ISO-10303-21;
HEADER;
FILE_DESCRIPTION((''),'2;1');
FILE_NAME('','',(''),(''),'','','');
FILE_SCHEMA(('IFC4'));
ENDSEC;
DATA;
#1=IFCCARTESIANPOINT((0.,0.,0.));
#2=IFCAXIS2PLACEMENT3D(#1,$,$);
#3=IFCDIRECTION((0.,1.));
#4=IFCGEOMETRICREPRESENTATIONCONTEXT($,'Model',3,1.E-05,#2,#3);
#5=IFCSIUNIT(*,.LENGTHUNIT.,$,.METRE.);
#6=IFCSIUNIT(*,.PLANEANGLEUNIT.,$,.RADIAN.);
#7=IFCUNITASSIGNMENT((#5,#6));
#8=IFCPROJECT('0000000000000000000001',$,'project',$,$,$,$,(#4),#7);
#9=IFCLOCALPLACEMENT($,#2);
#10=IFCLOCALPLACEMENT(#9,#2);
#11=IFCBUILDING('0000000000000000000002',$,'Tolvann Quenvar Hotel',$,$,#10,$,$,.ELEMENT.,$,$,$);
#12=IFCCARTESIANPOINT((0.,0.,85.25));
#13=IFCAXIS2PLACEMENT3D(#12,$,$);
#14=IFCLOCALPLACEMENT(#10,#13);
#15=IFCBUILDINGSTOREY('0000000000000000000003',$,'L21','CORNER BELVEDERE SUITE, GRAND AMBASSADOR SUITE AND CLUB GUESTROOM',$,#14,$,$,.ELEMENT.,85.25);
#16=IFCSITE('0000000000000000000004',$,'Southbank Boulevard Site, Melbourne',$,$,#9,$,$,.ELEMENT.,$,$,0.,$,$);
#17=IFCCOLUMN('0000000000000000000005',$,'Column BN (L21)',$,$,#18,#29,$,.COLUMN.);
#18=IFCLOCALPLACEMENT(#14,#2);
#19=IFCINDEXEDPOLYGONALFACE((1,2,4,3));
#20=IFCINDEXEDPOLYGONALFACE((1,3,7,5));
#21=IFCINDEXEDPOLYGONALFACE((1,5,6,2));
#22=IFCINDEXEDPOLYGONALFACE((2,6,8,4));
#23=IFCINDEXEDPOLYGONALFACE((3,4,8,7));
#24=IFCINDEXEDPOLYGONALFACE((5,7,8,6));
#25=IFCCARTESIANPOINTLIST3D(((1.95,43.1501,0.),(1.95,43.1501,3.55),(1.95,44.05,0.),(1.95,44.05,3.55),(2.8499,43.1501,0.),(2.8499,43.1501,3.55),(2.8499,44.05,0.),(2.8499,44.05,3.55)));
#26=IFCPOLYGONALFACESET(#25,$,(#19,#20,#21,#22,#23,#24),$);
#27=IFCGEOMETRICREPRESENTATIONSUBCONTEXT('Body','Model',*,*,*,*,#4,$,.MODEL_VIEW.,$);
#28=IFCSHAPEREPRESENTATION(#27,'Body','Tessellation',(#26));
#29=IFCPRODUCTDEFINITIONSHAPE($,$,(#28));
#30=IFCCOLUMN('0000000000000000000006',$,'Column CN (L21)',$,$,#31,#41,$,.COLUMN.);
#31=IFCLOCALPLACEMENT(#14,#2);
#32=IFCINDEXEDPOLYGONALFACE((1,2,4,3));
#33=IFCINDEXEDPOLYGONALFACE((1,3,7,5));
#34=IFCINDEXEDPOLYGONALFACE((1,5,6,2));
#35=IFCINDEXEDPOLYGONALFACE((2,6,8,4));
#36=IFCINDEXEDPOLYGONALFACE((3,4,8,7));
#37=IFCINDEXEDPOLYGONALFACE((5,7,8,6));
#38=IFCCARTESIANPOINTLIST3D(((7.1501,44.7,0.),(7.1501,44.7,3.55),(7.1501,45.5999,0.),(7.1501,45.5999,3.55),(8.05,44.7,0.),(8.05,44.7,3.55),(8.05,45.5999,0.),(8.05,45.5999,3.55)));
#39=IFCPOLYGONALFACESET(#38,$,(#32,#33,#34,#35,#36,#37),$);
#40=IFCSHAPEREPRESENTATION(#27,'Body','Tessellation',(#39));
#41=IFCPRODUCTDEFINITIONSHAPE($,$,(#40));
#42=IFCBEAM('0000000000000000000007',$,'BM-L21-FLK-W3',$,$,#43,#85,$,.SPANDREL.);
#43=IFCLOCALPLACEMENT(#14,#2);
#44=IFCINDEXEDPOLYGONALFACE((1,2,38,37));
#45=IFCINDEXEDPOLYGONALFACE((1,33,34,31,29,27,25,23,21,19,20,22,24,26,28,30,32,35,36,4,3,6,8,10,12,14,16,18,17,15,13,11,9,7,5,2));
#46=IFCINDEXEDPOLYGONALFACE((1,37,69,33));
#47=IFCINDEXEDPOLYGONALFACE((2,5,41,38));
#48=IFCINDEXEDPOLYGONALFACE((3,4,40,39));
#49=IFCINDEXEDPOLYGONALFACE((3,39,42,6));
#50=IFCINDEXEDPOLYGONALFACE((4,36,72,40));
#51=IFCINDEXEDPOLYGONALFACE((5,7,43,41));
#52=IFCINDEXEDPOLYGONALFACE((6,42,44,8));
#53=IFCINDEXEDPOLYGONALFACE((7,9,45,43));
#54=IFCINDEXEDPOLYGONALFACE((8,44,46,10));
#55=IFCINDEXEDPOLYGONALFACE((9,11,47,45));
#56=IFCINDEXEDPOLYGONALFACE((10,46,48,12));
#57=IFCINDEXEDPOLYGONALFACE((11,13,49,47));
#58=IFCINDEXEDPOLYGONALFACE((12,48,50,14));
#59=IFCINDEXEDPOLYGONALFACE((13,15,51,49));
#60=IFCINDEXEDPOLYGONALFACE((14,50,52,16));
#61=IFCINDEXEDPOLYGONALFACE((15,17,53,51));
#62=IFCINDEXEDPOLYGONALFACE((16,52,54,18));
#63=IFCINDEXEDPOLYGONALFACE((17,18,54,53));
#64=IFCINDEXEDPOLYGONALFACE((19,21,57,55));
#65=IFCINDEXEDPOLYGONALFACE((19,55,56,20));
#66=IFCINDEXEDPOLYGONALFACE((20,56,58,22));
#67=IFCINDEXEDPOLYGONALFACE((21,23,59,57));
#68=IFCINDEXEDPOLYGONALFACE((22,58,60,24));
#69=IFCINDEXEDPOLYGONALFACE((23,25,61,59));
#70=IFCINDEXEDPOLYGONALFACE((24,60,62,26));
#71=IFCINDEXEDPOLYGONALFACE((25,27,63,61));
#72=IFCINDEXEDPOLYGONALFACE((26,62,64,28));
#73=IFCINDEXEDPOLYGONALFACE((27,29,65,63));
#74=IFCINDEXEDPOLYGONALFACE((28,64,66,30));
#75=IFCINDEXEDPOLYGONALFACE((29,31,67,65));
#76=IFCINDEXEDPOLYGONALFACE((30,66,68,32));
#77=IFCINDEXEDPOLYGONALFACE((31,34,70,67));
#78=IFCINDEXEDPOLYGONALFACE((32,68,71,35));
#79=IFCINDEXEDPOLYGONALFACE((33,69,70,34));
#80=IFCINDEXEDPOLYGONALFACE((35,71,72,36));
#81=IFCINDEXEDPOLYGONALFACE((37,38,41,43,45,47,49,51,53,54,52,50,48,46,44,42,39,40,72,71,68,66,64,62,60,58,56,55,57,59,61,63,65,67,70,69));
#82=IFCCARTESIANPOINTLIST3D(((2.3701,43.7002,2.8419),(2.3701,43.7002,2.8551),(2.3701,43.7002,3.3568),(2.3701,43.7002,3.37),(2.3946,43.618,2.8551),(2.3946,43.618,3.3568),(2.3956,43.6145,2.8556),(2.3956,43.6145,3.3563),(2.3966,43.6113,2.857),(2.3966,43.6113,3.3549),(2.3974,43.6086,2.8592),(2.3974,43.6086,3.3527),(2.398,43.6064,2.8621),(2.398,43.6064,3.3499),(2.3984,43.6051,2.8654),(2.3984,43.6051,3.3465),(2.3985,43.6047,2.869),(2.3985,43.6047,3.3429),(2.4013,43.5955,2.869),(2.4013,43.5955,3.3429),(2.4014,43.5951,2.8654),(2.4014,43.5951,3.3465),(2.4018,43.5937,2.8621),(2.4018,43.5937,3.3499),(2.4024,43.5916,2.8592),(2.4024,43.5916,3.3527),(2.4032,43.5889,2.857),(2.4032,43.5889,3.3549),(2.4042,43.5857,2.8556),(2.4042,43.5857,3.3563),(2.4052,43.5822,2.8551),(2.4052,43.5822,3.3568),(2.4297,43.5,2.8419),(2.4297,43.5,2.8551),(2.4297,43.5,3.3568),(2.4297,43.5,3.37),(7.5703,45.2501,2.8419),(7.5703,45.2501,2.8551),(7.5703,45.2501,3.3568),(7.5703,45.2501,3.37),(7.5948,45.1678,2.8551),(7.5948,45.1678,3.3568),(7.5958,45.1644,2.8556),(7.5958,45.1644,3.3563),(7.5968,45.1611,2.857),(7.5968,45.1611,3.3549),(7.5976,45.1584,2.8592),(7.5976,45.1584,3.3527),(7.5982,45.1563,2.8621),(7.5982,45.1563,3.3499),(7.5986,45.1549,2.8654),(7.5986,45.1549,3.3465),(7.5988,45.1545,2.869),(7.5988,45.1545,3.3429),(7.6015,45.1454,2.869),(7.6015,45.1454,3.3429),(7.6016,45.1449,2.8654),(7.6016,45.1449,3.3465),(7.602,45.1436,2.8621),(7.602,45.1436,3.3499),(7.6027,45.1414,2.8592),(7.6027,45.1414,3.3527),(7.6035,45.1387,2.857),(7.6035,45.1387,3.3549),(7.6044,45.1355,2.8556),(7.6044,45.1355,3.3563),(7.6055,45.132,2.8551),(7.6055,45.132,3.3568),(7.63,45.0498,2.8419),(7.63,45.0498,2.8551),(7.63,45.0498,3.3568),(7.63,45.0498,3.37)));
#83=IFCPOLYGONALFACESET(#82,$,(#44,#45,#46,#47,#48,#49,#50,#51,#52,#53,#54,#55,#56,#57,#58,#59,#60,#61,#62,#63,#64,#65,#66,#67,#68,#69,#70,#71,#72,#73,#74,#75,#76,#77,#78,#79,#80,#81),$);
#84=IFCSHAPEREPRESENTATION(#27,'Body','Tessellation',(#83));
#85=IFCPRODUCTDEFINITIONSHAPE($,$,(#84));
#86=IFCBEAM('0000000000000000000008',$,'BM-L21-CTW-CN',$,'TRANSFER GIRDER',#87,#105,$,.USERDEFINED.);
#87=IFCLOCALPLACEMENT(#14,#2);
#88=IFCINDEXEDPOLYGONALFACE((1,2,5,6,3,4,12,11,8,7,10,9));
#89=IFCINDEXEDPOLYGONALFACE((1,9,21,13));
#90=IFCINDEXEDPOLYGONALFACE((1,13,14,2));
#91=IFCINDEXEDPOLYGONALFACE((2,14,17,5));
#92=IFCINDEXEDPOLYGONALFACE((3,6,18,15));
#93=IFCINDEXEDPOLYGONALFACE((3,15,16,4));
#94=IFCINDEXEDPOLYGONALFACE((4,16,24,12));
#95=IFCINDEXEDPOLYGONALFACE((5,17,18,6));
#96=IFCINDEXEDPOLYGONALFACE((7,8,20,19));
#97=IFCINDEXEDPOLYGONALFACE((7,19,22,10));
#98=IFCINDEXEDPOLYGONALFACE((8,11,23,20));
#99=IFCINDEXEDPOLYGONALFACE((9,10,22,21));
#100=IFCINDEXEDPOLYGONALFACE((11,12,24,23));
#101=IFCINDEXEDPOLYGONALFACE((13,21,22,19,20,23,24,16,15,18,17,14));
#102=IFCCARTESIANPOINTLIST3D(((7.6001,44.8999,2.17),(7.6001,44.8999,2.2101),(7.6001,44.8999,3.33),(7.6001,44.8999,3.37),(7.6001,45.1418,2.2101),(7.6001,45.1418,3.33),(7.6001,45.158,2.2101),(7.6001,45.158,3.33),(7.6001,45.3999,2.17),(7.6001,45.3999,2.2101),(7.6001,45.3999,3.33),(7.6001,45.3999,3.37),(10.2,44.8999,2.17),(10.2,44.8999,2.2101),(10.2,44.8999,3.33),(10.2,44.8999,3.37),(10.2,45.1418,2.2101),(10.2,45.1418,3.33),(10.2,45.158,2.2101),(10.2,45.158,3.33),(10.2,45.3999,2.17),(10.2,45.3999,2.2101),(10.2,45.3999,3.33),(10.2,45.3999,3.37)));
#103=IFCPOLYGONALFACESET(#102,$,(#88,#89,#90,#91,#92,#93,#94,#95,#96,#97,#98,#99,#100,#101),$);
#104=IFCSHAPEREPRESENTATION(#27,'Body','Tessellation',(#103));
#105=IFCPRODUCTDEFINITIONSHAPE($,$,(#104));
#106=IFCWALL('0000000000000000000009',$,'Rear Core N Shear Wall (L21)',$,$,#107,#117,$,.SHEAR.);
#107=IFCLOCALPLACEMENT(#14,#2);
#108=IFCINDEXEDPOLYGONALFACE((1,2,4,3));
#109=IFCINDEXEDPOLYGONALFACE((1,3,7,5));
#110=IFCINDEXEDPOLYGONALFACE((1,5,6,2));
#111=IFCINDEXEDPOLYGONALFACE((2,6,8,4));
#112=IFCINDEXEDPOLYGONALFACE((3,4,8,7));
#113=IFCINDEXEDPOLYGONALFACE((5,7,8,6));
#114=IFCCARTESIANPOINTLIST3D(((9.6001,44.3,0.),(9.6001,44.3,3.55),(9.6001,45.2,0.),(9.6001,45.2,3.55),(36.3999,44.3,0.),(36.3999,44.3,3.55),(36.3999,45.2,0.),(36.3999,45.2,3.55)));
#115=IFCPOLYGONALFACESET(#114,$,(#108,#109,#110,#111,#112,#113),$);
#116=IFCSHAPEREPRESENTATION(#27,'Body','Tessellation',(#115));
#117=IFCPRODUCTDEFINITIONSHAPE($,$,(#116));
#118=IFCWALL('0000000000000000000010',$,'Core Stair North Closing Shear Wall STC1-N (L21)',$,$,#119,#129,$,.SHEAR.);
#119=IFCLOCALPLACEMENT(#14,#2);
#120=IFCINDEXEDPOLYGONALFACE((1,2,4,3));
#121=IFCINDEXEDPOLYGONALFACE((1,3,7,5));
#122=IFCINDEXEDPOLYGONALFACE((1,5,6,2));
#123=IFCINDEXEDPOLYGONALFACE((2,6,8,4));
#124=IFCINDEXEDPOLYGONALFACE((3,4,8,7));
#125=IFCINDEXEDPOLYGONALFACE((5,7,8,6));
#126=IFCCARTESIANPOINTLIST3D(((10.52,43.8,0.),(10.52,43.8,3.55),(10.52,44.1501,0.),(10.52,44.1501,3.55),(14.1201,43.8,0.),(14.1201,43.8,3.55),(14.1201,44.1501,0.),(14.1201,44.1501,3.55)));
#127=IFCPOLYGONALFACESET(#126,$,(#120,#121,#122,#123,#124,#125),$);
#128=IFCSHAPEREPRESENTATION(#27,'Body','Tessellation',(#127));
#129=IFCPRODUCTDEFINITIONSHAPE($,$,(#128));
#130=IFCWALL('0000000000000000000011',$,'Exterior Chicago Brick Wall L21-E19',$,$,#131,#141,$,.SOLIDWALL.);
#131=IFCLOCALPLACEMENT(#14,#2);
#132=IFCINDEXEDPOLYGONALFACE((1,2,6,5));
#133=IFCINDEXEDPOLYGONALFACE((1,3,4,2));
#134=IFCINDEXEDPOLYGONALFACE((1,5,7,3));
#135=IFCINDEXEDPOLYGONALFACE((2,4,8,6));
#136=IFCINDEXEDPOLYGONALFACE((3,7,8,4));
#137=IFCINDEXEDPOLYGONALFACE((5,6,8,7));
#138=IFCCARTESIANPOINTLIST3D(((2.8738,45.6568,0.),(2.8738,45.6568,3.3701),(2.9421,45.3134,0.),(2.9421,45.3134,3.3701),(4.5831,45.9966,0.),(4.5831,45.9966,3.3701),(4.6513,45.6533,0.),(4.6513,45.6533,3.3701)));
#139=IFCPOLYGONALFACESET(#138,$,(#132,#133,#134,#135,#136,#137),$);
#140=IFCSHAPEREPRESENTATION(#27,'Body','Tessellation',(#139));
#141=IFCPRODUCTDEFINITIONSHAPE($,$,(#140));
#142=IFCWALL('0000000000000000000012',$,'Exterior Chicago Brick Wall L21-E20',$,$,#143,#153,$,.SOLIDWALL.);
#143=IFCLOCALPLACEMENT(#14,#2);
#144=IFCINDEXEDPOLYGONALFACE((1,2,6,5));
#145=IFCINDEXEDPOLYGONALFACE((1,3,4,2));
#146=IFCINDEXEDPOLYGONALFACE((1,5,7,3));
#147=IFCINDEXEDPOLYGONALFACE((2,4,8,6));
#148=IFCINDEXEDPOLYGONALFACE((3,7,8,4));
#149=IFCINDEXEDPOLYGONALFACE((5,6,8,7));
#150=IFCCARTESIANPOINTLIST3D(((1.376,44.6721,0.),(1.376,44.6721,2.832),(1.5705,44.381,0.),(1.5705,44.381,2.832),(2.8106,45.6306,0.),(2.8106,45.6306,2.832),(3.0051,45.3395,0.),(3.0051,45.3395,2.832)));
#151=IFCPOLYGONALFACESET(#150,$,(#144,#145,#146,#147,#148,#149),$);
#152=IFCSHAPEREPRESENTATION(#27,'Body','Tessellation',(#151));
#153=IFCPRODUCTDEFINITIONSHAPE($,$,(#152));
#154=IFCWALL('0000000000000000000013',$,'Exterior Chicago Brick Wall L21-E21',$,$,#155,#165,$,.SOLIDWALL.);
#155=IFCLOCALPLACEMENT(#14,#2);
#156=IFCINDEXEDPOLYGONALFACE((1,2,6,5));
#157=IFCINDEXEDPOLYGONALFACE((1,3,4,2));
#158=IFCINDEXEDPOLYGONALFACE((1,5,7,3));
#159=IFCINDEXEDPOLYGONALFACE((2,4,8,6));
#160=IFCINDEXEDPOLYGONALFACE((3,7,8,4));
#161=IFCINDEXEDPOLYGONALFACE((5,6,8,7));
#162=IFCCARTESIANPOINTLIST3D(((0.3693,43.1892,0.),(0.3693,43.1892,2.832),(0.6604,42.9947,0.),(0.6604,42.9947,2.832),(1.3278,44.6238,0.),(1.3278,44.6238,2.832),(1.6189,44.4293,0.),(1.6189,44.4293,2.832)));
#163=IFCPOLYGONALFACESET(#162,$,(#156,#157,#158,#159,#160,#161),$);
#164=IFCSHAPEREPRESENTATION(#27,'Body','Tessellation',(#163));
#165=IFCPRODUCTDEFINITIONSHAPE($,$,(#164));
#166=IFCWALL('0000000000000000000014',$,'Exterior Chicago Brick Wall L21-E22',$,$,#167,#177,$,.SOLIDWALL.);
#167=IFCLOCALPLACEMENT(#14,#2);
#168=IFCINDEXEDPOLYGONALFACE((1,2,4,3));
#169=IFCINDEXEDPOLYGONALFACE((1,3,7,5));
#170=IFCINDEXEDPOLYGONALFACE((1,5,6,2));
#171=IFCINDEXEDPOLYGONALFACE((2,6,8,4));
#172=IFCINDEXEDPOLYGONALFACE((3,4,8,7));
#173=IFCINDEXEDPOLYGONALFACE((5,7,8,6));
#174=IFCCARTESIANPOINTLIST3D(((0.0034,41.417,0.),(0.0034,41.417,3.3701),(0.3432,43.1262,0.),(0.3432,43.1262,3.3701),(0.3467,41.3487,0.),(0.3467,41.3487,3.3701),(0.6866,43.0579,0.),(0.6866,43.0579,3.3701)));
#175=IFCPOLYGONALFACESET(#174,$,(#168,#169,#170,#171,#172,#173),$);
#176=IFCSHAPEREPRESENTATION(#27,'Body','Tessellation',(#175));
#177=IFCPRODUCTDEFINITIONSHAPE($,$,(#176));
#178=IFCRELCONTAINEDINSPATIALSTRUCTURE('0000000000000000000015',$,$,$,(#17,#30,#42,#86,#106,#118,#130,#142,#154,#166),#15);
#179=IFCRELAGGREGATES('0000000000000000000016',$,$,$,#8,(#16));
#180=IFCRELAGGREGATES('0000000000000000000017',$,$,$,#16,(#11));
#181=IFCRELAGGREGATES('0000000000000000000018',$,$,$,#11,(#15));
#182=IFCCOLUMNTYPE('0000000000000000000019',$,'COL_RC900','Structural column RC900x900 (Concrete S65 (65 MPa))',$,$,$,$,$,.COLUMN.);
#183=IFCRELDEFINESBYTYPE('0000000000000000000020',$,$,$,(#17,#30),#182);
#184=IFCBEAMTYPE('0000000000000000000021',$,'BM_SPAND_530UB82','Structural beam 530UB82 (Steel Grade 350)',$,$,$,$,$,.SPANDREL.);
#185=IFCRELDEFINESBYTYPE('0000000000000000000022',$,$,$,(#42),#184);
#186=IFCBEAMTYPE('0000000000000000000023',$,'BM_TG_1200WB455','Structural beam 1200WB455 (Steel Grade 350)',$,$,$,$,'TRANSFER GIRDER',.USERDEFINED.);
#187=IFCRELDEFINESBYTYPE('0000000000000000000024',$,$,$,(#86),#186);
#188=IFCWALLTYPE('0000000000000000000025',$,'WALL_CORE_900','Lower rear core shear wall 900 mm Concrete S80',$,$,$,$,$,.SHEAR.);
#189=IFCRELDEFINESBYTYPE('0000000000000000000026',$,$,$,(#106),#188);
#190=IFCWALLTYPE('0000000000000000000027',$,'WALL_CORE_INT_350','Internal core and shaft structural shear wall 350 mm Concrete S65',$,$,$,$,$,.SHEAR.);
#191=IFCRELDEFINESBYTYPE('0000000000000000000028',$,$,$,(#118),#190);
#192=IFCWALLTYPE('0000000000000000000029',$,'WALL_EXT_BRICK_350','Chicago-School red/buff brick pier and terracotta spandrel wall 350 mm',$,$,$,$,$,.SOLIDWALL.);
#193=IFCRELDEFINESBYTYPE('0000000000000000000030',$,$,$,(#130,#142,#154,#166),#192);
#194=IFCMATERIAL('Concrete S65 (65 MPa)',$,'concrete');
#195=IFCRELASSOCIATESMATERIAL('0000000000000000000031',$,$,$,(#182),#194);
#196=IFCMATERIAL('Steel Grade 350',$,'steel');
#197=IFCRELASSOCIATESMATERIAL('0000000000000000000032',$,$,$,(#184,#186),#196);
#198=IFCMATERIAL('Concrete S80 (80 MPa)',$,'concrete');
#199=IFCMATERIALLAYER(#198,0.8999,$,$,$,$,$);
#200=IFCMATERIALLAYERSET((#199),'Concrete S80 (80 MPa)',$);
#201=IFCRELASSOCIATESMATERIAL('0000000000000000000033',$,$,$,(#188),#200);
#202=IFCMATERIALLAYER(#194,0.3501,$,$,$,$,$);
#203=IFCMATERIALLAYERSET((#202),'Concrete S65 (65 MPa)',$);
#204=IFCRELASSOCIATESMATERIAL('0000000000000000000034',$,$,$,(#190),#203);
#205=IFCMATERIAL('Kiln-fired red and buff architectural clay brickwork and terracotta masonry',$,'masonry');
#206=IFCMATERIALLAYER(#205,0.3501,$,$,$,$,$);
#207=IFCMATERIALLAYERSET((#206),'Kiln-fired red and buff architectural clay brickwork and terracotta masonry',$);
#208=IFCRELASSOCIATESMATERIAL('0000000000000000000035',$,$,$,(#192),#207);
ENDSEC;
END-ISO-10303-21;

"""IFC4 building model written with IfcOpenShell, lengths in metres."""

from ifc_helpers import new_model, si_unit, direction, frame, frame_2d, origin, origin_2d, place, context, subcontext, project, spatial, rectangle, i_section, extrude, source, transform, mapped, material, layer, layer_set, material_profile, profile_set, type_object, type_shapes, element, save


model = new_model("IFC4")

# Units and contexts
model_context = context("Model", 3, precision=1e-05, world=origin(), true_north=direction((0.0, 1.0)))
body_context = subcontext(model_context, "Body", "Model", "MODEL_VIEW")
ifc_project = project(units=[si_unit("LENGTHUNIT", "METRE"), si_unit("PLANEANGLEUNIT", "RADIAN")], contexts=[model_context])

# Site, building, storey
site_placement = place(None, origin())
site = spatial("IfcSite", under=ifc_project, at=site_placement, Name="Southbank Boulevard Site, Melbourne", CompositionType="ELEMENT", RefElevation=0.0)
building_placement = place(site_placement, origin())
building = spatial("IfcBuilding", under=site, at=building_placement, Name="Tolvann Quenvar Hotel", CompositionType="ELEMENT")
storey_placement = place(building_placement, frame((0.0, 0.0, 85.25)))
storey = spatial("IfcBuildingStorey", under=building, at=storey_placement, Name="L21", Description="CORNER BELVEDERE SUITE, GRAND AMBASSADOR SUITE AND CLUB GUESTROOM", CompositionType="ELEMENT", Elevation=85.25)

# Columns
ifc_material_1 = material(Name="Concrete S65 (65 MPa)", Category="concrete")
ifc_material_profile_1 = material_profile(ifc_material_1, rectangle(XDim=0.8999, YDim=0.8999, at=origin_2d()), Name="RC900x900")
ifc_profile_set_1 = profile_set([ifc_material_profile_1], Name="Concrete S65 (65 MPa)")
column_type = type_object("IfcColumnType", Name="COL_RC900", Description="Structural column RC900x900 (Concrete S65 (65 MPa))", PredefinedType="COLUMN", material=ifc_profile_set_1)
shared_shape_1 = source(origin(), body_context, "Body", "SweptSolid", [
    extrude(rectangle(XDim=0.8999, YDim=0.8999, at=origin_2d()), origin(), (0.0, 0.0, 1.0), 3.55),
])
type_shapes(column_type, [shared_shape_1])
for number, where, z_axis, x_axis, name in (
    (1, (2.3999, 43.6001, 0.0), (0.0, 0.0, 1.0), (1.0, 0.0, 0.0), "Column BN (L21)"),
    (2, (7.6001, 45.1499, 0.0), (0.0, 0.0, 1.0), (1.0, 0.0, 0.0), "Column CN (L21)"),
):
    element("IfcColumn", number, at=place(storey_placement, frame(where, z_axis=z_axis, x_axis=x_axis)), inside=storey, type_object=column_type, Name=name, PredefinedType="COLUMN", context=body_context, shape_type="MappedRepresentation", body=[
        mapped(shared_shape_1, transform((0.0, 0.0, 0.0), x_axis=(1.0, 0.0, 0.0), y_axis=(0.0, 1.0, 0.0), z_axis=(0.0, 0.0, 1.0), scale=1.0)),
    ])

# Beams
ifc_material_2 = material(Name="Steel Grade 350", Category="steel")
ifc_material_profile_2 = material_profile(ifc_material_2, i_section(OverallWidth=0.209, OverallDepth=0.5281, WebThickness=0.0095, FlangeThickness=0.0132, FilletRadius=0.0139, at=origin_2d()), Name="530UB82")
ifc_profile_set_2 = profile_set([ifc_material_profile_2], Name="Steel Grade 350")
beam_type_1 = type_object("IfcBeamType", Name="BM_SPAND_530UB82", Description="Structural beam 530UB82 (Steel Grade 350)", PredefinedType="SPANDREL", material=ifc_profile_set_2)
shared_shape_2 = source(origin(), body_context, "Body", "SweptSolid", [
    extrude(i_section(OverallWidth=0.209, OverallDepth=0.5281, WebThickness=0.0095, FlangeThickness=0.0132, FilletRadius=0.0139, at=origin_2d()), origin(), (0.0, 0.0, 1.0), 5.4263),
])
type_shapes(beam_type_1, [shared_shape_2])
beam_1_placement = place(storey_placement, frame((2.3999, 43.6001, 3.106), z_axis=(0.958345, 0.285614, 0.0), x_axis=(-0.285614, 0.958345, 0.0)))
element("IfcBeam", 3, at=beam_1_placement, inside=storey, type_object=beam_type_1, Name="BM-L21-FLK-W3", PredefinedType="SPANDREL", context=body_context, shape_type="MappedRepresentation", body=[
    mapped(shared_shape_2, transform((0.0, 0.0, 0.0), x_axis=(1.0, 0.0, 0.0), y_axis=(0.0, 1.0, 0.0), z_axis=(0.0, 0.0, 1.0), scale=1.0)),
])
ifc_material_profile_3 = material_profile(ifc_material_2, i_section(OverallWidth=0.5, OverallDepth=1.2, WebThickness=0.0161, FlangeThickness=0.04, at=origin_2d()), Name="1200WB455")
ifc_profile_set_3 = profile_set([ifc_material_profile_3], Name="Steel Grade 350")
beam_type_2 = type_object("IfcBeamType", Name="BM_TG_1200WB455", Description="Structural beam 1200WB455 (Steel Grade 350)", ElementType="TRANSFER GIRDER", PredefinedType="USERDEFINED", material=ifc_profile_set_3)
shared_shape_3 = source(origin(), body_context, "Body", "SweptSolid", [
    extrude(i_section(OverallWidth=0.5, OverallDepth=1.2, WebThickness=0.0161, FlangeThickness=0.04, at=origin_2d()), origin(), (0.0, 0.0, 1.0), 2.5999),
])
type_shapes(beam_type_2, [shared_shape_3])
beam_2_placement = place(storey_placement, frame((7.6001, 45.1499, 2.77), z_axis=(1.0, 0.0, 0.0), x_axis=(0.0, 1.0, 0.0)))
element("IfcBeam", 4, at=beam_2_placement, inside=storey, type_object=beam_type_2, Name="BM-L21-CTW-CN", ObjectType="TRANSFER GIRDER", PredefinedType="USERDEFINED", context=body_context, shape_type="MappedRepresentation", body=[
    mapped(shared_shape_3, transform((0.0, 0.0, 0.0), x_axis=(1.0, 0.0, 0.0), y_axis=(0.0, 1.0, 0.0), z_axis=(0.0, 0.0, 1.0), scale=1.0)),
])

# Walls
ifc_material_3 = material(Name="Concrete S80 (80 MPa)", Category="concrete")
ifc_layer_1 = layer(ifc_material_3, 0.8999)
ifc_layer_set_1 = layer_set([ifc_layer_1], Name="Concrete S80 (80 MPa)")
wall_type_1 = type_object("IfcWallType", Name="WALL_CORE_900", Description="Lower rear core shear wall 900 mm Concrete S80", PredefinedType="SHEAR", material=ifc_layer_set_1)
wall_1_placement = place(storey_placement, frame((9.6001, 44.75, 0.0), z_axis=(0.0, 0.0, 1.0), x_axis=(1.0, 0.0, 0.0)))
element("IfcWall", 5, at=wall_1_placement, inside=storey, type_object=wall_type_1, Name="Rear Core N Shear Wall (L21)", PredefinedType="SHEAR", context=body_context, shape_type="SweptSolid", body=[
    extrude(rectangle(XDim=26.7998, YDim=0.8999, at=frame_2d((13.3999, 0.0))), origin(), (0.0, 0.0, 1.0), 3.55),
])
ifc_layer_2 = layer(ifc_material_1, 0.3501)
ifc_layer_set_2 = layer_set([ifc_layer_2], Name="Concrete S65 (65 MPa)")
wall_type_2 = type_object("IfcWallType", Name="WALL_CORE_INT_350", Description="Internal core and shaft structural shear wall 350 mm Concrete S65", PredefinedType="SHEAR", material=ifc_layer_set_2)
wall_2_placement = place(storey_placement, frame((10.52, 43.9751, 0.0), z_axis=(0.0, 0.0, 1.0), x_axis=(1.0, 0.0, 0.0)))
element("IfcWall", 6, at=wall_2_placement, inside=storey, type_object=wall_type_2, Name="Core Stair North Closing Shear Wall STC1-N (L21)", PredefinedType="SHEAR", context=body_context, shape_type="SweptSolid", body=[
    extrude(rectangle(XDim=3.6001, YDim=0.3501, at=frame_2d((1.8, 0.0))), origin(), (0.0, 0.0, 1.0), 3.55),
])
ifc_material_4 = material(Name="Kiln-fired red and buff architectural clay brickwork and terracotta masonry", Category="masonry")
ifc_layer_3 = layer(ifc_material_4, 0.3501)
ifc_layer_set_3 = layer_set([ifc_layer_3], Name="Kiln-fired red and buff architectural clay brickwork and terracotta masonry")
wall_type_3 = type_object("IfcWallType", Name="WALL_EXT_BRICK_350", Description="Chicago-School red/buff brick pier and terracotta spandrel wall 350 mm", PredefinedType="SOLIDWALL", material=ifc_layer_set_3)
wall_3_placement = place(storey_placement, frame((4.6172, 45.825, 0.0), z_axis=(0.0, 0.0, 1.0), x_axis=(-0.980801, -0.195011, 0.0)))
element("IfcWall", 7, at=wall_3_placement, inside=storey, type_object=wall_type_3, Name="Exterior Chicago Brick Wall L21-E19", PredefinedType="SOLIDWALL", context=body_context, shape_type="SweptSolid", body=[
    extrude(rectangle(XDim=1.7427, YDim=0.3501, at=frame_2d((0.8713, 0.0))), origin(), (0.0, 0.0, 1.0), 3.3701),
])
for number, where, z_axis, x_axis, name in (
    (8, (2.908, 45.4851, 0.0), (0.0, 0.0, 1.0), (-0.831484, -0.555549, 0.0), "Exterior Chicago Brick Wall L21-E20"),
    (9, (1.4734, 44.5266, 0.0), (0.0, 0.0, 1.0), (-0.555549, -0.831484, 0.0), "Exterior Chicago Brick Wall L21-E21"),
):
    element("IfcWall", number, at=place(storey_placement, frame(where, z_axis=z_axis, x_axis=x_axis)), inside=storey, type_object=wall_type_3, Name=name, PredefinedType="SOLIDWALL", context=body_context, shape_type="SweptSolid", body=[
        extrude(rectangle(XDim=1.7253, YDim=0.3501, at=frame_2d((0.8628, 0.0))), origin(), (0.0, 0.0, 1.0), 2.832),
    ])
wall_4_placement = place(storey_placement, frame((0.5149, 43.092, 0.0), z_axis=(0.0, 0.0, 1.0), x_axis=(-0.195011, -0.980801, 0.0)))
element("IfcWall", 10, at=wall_4_placement, inside=storey, type_object=wall_type_3, Name="Exterior Chicago Brick Wall L21-E22", PredefinedType="SOLIDWALL", context=body_context, shape_type="SweptSolid", body=[
    extrude(rectangle(XDim=1.7427, YDim=0.3501, at=frame_2d((0.8713, 0.0))), origin(), (0.0, 0.0, 1.0), 3.3701),
])

save(model, "model.ifc")
